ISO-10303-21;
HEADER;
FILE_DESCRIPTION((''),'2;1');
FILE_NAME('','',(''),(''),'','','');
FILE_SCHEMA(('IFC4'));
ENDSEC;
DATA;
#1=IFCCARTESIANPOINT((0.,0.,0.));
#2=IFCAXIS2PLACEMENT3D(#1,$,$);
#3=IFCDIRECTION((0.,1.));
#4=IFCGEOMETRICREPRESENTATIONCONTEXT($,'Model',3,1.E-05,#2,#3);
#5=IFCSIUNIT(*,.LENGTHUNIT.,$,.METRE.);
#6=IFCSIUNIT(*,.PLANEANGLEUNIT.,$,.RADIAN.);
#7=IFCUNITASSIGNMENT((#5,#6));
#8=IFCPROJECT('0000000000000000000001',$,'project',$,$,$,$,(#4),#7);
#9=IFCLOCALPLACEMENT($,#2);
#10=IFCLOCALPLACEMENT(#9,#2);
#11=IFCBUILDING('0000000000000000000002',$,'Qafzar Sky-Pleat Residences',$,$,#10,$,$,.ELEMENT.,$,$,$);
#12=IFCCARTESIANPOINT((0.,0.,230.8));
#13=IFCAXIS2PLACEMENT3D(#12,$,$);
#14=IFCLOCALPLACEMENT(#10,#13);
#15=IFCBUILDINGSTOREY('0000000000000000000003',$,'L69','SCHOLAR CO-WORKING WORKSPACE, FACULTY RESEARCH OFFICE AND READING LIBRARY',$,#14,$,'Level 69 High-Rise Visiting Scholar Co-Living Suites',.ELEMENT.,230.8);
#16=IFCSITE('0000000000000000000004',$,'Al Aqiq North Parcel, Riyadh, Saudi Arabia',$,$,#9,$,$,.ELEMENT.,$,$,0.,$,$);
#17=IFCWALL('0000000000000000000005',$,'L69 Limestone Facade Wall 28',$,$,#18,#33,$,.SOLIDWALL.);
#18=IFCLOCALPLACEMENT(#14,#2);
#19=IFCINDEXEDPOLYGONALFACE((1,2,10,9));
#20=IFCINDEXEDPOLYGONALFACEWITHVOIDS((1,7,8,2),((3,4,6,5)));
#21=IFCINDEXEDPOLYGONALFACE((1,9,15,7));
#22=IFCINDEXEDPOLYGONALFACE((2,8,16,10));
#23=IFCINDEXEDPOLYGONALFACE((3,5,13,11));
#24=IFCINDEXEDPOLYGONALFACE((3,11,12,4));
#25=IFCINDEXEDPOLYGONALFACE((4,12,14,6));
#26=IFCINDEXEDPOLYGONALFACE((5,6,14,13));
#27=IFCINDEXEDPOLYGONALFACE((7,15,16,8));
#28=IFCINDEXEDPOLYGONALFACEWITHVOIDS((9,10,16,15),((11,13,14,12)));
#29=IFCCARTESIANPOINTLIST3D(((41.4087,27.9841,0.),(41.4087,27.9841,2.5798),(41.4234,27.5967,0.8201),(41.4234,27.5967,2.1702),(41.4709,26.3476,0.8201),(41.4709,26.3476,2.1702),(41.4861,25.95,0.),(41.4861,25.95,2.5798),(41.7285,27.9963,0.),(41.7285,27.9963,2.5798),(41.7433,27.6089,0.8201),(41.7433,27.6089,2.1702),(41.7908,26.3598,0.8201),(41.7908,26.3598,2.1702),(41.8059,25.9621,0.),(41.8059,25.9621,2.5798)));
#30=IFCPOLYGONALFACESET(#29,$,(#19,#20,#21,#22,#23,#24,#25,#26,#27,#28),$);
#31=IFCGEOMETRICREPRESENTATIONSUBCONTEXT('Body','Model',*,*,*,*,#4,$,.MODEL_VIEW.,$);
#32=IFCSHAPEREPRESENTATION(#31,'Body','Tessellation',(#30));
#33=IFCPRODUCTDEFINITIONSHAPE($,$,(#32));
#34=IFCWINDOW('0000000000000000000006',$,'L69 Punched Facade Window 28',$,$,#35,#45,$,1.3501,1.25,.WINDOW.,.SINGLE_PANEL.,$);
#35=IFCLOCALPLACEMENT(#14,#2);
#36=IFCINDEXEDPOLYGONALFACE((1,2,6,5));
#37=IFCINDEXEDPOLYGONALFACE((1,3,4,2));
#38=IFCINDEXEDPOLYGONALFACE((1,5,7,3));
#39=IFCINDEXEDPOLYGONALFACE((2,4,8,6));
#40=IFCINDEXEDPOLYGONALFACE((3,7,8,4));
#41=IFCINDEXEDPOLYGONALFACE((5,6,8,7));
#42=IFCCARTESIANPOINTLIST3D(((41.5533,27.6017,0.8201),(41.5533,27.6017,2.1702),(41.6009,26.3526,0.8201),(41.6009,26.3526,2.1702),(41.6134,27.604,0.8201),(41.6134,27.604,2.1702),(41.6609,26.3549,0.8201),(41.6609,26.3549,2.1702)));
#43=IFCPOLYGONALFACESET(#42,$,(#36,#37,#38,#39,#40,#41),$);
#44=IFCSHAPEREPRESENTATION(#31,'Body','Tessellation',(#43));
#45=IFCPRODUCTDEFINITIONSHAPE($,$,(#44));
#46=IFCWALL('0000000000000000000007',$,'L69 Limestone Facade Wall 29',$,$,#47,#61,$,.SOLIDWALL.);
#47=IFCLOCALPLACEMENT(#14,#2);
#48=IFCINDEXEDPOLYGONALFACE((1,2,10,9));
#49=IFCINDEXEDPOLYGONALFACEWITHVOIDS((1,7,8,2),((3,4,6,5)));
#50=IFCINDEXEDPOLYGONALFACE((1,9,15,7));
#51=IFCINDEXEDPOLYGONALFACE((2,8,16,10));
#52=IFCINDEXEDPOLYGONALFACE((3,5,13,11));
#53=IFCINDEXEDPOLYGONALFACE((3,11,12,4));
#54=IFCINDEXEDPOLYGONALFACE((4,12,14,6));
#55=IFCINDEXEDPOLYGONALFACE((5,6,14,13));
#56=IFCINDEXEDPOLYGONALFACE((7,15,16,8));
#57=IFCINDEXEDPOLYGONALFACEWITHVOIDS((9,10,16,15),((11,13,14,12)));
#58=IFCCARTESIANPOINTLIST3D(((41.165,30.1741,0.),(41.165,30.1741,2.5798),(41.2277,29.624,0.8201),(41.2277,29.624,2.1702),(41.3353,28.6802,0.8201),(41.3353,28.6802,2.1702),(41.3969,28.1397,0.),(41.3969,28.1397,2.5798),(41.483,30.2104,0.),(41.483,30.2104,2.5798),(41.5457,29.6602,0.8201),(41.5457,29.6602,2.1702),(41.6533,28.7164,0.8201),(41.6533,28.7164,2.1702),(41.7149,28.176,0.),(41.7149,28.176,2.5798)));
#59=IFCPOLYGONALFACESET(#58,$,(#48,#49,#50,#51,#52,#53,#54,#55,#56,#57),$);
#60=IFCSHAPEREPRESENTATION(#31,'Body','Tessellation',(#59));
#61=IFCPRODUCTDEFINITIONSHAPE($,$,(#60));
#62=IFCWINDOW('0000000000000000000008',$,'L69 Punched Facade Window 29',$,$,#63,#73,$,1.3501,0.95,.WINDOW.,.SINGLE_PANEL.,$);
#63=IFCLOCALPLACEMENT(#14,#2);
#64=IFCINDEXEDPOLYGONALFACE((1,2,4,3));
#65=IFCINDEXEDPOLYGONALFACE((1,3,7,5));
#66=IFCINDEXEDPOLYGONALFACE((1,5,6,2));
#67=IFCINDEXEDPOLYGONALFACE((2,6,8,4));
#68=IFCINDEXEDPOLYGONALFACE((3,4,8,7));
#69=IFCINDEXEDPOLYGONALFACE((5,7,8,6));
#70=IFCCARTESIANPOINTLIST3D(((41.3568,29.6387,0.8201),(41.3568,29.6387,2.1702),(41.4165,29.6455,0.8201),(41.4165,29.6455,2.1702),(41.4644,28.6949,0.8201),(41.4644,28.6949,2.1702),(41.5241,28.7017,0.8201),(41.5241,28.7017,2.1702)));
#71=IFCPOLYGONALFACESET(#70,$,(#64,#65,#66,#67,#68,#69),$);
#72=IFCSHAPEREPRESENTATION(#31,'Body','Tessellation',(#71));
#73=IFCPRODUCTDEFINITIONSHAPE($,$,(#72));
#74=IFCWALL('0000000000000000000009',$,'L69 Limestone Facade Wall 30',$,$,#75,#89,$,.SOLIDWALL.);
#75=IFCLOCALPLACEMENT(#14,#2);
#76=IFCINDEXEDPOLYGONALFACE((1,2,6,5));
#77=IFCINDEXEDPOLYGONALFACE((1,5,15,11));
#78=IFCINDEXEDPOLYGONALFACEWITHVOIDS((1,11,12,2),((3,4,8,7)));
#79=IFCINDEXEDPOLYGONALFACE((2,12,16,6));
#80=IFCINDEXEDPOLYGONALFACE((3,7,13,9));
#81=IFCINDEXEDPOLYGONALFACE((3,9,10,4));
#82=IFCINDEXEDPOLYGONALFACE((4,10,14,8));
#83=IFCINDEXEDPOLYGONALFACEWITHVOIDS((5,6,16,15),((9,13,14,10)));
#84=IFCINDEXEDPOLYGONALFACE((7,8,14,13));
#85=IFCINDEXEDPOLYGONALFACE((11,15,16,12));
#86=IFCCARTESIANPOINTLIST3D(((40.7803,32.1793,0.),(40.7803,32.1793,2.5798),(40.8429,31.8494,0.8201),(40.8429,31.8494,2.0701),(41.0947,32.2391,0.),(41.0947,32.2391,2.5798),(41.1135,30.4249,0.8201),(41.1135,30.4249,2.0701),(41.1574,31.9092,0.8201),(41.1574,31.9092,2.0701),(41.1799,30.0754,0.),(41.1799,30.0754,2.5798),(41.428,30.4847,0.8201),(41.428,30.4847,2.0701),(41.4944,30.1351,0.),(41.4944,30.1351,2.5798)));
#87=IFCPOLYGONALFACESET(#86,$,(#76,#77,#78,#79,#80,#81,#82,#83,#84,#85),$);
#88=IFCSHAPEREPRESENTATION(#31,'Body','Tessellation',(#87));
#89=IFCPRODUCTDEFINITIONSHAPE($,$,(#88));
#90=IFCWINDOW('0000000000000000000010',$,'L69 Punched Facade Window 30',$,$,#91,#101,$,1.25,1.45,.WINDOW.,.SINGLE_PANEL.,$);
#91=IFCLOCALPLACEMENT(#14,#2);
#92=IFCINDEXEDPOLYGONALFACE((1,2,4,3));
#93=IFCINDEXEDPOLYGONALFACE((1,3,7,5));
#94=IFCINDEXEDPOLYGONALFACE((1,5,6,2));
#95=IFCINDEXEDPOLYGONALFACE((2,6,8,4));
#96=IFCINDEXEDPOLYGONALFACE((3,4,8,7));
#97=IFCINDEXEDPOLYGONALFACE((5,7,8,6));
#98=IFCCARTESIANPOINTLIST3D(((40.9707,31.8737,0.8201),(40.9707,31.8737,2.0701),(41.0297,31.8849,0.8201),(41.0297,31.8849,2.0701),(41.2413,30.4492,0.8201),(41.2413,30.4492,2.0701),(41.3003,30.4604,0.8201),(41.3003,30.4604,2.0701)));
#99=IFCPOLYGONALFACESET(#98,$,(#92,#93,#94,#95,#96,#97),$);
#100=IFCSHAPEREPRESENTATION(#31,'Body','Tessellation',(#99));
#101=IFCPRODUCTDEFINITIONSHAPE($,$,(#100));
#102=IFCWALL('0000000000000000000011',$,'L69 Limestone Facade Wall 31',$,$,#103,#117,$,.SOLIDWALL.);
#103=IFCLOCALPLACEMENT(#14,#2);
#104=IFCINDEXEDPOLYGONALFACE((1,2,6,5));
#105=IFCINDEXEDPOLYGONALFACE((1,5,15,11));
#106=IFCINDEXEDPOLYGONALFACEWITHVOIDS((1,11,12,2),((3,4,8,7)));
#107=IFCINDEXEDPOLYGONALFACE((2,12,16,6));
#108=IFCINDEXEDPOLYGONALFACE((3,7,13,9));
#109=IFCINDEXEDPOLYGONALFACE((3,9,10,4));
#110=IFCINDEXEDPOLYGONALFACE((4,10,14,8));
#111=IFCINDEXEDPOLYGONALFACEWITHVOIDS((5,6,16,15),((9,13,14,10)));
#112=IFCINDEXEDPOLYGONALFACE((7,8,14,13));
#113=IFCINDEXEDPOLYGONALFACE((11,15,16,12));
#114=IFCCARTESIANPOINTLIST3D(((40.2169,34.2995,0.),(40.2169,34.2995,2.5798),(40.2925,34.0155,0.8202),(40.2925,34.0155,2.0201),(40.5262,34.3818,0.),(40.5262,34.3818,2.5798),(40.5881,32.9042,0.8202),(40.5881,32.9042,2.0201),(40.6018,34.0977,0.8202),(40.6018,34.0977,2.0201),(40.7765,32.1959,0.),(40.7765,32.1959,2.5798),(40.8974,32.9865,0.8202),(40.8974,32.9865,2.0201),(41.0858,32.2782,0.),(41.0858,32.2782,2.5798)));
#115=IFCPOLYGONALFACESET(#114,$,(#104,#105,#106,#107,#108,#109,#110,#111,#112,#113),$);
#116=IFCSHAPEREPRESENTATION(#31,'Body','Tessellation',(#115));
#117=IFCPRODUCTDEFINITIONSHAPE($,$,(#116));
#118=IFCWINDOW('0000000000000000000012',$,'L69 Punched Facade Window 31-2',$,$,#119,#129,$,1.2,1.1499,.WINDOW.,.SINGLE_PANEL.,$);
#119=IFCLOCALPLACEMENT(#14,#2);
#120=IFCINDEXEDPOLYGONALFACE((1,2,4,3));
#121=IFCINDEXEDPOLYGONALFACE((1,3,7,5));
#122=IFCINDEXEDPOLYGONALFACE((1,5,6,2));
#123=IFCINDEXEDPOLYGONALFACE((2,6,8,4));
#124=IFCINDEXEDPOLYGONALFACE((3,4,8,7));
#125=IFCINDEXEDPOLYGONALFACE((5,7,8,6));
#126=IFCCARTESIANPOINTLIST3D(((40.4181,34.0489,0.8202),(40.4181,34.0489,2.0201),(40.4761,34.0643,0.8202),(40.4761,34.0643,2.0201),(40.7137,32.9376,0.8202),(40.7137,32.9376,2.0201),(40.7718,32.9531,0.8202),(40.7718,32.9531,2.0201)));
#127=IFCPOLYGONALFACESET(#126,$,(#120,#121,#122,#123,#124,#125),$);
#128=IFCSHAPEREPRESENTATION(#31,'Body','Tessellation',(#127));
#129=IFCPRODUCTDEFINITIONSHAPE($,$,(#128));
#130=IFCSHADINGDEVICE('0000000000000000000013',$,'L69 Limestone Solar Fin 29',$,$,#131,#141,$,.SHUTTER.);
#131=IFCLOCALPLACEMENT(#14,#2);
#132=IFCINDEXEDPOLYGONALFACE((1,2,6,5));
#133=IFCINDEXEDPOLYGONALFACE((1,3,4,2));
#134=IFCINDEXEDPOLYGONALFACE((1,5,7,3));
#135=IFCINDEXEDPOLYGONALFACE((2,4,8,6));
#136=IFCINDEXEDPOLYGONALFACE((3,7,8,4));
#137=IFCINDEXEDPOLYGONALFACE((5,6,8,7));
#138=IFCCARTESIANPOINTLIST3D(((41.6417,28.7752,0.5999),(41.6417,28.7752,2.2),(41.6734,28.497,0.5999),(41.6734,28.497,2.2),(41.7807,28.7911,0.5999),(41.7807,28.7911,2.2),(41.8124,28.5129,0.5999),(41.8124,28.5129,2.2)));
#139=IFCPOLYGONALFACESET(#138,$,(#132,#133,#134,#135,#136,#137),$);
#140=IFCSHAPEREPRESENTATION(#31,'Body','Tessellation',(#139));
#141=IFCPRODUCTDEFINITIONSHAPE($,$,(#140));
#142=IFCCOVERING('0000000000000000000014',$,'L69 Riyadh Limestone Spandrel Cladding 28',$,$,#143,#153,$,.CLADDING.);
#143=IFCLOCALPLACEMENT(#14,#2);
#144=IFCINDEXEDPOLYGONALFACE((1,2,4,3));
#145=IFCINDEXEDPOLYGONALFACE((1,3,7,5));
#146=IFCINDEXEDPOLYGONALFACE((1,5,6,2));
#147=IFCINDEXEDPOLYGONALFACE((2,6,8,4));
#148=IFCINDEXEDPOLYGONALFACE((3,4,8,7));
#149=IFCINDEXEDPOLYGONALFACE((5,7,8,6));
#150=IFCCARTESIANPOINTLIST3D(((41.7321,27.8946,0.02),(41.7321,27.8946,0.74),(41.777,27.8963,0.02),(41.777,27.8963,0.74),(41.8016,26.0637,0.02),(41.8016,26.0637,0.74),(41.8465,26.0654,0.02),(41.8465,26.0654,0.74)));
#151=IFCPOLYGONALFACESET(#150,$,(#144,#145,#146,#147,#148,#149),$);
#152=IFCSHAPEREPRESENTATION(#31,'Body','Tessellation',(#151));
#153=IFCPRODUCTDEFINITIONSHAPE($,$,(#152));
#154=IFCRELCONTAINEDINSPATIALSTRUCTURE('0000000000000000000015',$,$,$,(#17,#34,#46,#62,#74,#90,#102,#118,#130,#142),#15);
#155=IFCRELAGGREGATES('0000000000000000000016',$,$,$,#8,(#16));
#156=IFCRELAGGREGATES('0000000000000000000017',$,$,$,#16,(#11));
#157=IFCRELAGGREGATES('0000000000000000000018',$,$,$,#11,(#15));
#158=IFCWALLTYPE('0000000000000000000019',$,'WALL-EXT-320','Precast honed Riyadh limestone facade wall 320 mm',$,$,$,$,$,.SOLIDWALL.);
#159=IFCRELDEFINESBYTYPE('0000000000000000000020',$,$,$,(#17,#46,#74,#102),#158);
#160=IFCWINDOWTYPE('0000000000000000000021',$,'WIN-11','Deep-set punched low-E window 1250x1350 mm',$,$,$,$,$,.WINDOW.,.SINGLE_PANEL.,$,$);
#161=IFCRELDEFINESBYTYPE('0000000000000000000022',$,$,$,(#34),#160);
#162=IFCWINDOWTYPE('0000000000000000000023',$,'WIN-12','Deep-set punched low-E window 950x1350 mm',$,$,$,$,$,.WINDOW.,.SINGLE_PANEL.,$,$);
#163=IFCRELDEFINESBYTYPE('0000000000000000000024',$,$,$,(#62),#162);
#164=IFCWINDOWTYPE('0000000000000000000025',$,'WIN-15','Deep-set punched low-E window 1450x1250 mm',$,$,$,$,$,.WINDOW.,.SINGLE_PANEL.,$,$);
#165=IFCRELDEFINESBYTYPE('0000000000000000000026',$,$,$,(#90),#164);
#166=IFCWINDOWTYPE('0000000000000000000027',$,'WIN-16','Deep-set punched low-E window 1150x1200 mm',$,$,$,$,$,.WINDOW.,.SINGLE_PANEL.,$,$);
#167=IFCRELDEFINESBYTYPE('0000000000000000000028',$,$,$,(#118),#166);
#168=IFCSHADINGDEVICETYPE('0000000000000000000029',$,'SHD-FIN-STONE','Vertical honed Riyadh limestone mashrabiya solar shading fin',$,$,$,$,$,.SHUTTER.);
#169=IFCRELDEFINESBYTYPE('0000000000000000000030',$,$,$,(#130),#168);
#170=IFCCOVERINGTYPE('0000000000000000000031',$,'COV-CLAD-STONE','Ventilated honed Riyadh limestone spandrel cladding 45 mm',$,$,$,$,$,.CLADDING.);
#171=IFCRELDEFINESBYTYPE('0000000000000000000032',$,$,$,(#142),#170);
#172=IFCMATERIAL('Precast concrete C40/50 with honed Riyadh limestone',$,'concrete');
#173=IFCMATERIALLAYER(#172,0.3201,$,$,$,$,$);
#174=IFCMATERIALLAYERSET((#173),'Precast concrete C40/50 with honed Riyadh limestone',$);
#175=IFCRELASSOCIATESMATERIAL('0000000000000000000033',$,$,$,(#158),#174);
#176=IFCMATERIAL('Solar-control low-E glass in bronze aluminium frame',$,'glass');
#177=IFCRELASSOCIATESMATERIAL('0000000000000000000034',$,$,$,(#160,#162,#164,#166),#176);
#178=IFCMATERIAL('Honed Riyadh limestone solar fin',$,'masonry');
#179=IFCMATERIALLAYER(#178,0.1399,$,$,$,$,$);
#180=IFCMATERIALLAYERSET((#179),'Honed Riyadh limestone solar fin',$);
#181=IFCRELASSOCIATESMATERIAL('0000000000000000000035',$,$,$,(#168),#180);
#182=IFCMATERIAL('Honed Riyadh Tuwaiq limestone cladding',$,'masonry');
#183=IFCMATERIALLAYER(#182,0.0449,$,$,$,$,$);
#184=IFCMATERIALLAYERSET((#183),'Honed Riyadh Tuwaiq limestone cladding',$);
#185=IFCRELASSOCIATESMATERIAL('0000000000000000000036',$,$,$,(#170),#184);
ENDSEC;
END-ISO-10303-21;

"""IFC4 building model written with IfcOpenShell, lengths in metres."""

from ifc_helpers import new_model, si_unit, direction, frame, frame_2d, origin, origin_2d, place, context, subcontext, project, spatial, rectangle, extrude, source, transform, mapped, material, layer, layer_set, type_object, element, fill, save


model = new_model("IFC4")

# Units and contexts
model_context = context("Model", 3, precision=1e-05, world=origin(), true_north=direction((0.0, 1.0)))
body_context = subcontext(model_context, "Body", "Model", "MODEL_VIEW")
ifc_project = project(units=[si_unit("LENGTHUNIT", "METRE"), si_unit("PLANEANGLEUNIT", "RADIAN")], contexts=[model_context])

# Site, building, storey
site_placement = place(None, origin())
site = spatial("IfcSite", under=ifc_project, at=site_placement, Name="Al Aqiq North Parcel, Riyadh, Saudi Arabia", CompositionType="ELEMENT", RefElevation=0.0)
building_placement = place(site_placement, origin())
building = spatial("IfcBuilding", under=site, at=building_placement, Name="Qafzar Sky-Pleat Residences", CompositionType="ELEMENT")
storey_placement = place(building_placement, frame((0.0, 0.0, 230.8)))
storey = spatial("IfcBuildingStorey", under=building, at=storey_placement, Name="L69", Description="SCHOLAR CO-WORKING WORKSPACE, FACULTY RESEARCH OFFICE AND READING LIBRARY", LongName="Level 69 High-Rise Visiting Scholar Co-Living Suites", CompositionType="ELEMENT", Elevation=230.8)

# Walls, openings, windows
ifc_material_1 = material(Name="Precast concrete C40/50 with honed Riyadh limestone", Category="concrete")
ifc_layer_1 = layer(ifc_material_1, 0.3201)
ifc_layer_set_1 = layer_set([ifc_layer_1], Name="Precast concrete C40/50 with honed Riyadh limestone")
wall_type_1 = type_object("IfcWallType", Name="WALL-EXT-320", Description="Precast honed Riyadh limestone facade wall 320 mm", PredefinedType="SOLIDWALL", material=ifc_layer_set_1)
wall_1_placement = place(storey_placement, frame((41.646, 25.9561, 0.0), z_axis=(0.0, 0.0, 1.0), x_axis=(-0.038019, 0.999277, 0.0)))
wall_1 = element("IfcWall", 1, at=wall_1_placement, inside=storey, type_object=wall_type_1, Name="L69 Limestone Facade Wall 28", PredefinedType="SOLIDWALL", context=body_context, shape_type="SweptSolid", body=[
    extrude(rectangle(XDim=2.0356, YDim=0.3201, at=frame_2d((1.0178, 0.0))), origin(), (0.0, 0.0, 1.0), 2.5798),
])
opening_1_placement = place(wall_1_placement, frame((0.3979, 0.0, 0.8201)))
opening_1 = element("IfcOpeningElement", 2, at=opening_1_placement, cuts=wall_1, PredefinedType="OPENING", context=body_context, shape_type="SweptSolid", body=[
    extrude(rectangle(XDim=1.25, YDim=1.3501, at=frame_2d((0.625, 0.675))), frame((0.0, 0.1699, 0.0), z_axis=(0.0, -1.0, 0.0), x_axis=(1.0, 0.0, 0.0)), (0.0, 0.0, 1.0), 0.3401),
])
ifc_material_2 = material(Name="Solar-control low-E glass in bronze aluminium frame", Category="glass")
window_type_1 = type_object("IfcWindowType", Name="WIN-11", Description="Deep-set punched low-E window 1250x1350 mm", PartitioningType="SINGLE_PANEL", PredefinedType="WINDOW", material=ifc_material_2)
shared_shape_1 = source(origin(), body_context, "Body", "SweptSolid", [
    extrude(rectangle(XDim=1.25, YDim=1.3501, at=frame_2d((0.625, 0.675))), frame((0.0, 0.03, 0.0), z_axis=(0.0, -1.0, 0.0), x_axis=(1.0, 0.0, 0.0)), (0.0, 0.0, 1.0), 0.0601),
])
window_1_placement = place(opening_1_placement, origin())
window_1 = element("IfcWindow", 3, at=window_1_placement, inside=storey, type_object=window_type_1, Name="L69 Punched Facade Window 28", OverallHeight=1.3501, OverallWidth=1.25, PartitioningType="SINGLE_PANEL", PredefinedType="WINDOW", context=body_context, shape_type="MappedRepresentation", body=[
    mapped(shared_shape_1, transform((0.0, 0.0, 0.0), x_axis=(1.0, 0.0, 0.0), y_axis=(0.0, 1.0, 0.0), z_axis=(0.0, 0.0, 1.0), scale=1.0)),
])
fill(opening_1, window_1)
wall_2_placement = place(storey_placement, frame((41.5559, 28.1577, 0.0), z_axis=(0.0, 0.0, 1.0), x_axis=(-0.113271, 0.993564, 0.0)))
wall_2 = element("IfcWall", 4, at=wall_2_placement, inside=storey, type_object=wall_type_1, Name="L69 Limestone Facade Wall 29", PredefinedType="SOLIDWALL", context=body_context, shape_type="SweptSolid", body=[
    extrude(rectangle(XDim=2.0476, YDim=0.3201, at=frame_2d((1.0239, 0.0))), origin(), (0.0, 0.0, 1.0), 2.5798),
])
opening_2_placement = place(wall_2_placement, frame((0.5439, 0.0, 0.8201)))
opening_2 = element("IfcOpeningElement", 5, at=opening_2_placement, cuts=wall_2, PredefinedType="OPENING", context=body_context, shape_type="SweptSolid", body=[
    extrude(rectangle(XDim=0.95, YDim=1.3501, at=frame_2d((0.4751, 0.675))), frame((0.0, 0.1699, 0.0), z_axis=(0.0, -1.0, 0.0), x_axis=(1.0, 0.0, 0.0)), (0.0, 0.0, 1.0), 0.3401),
])
window_type_2 = type_object("IfcWindowType", Name="WIN-12", Description="Deep-set punched low-E window 950x1350 mm", PartitioningType="SINGLE_PANEL", PredefinedType="WINDOW", material=ifc_material_2)
shared_shape_2 = source(origin(), body_context, "Body", "SweptSolid", [
    extrude(rectangle(XDim=0.95, YDim=1.3501, at=frame_2d((0.4751, 0.675))), frame((0.0, 0.03, 0.0), z_axis=(0.0, -1.0, 0.0), x_axis=(1.0, 0.0, 0.0)), (0.0, 0.0, 1.0), 0.0601),
])
window_2_placement = place(opening_2_placement, origin())
window_2 = element("IfcWindow", 6, at=window_2_placement, inside=storey, type_object=window_type_2, Name="L69 Punched Facade Window 29", OverallHeight=1.3501, OverallWidth=0.95, PartitioningType="SINGLE_PANEL", PredefinedType="WINDOW", context=body_context, shape_type="MappedRepresentation", body=[
    mapped(shared_shape_2, transform((0.0, 0.0, 0.0), x_axis=(1.0, 0.0, 0.0), y_axis=(0.0, 1.0, 0.0), z_axis=(0.0, 0.0, 1.0), scale=1.0)),
])
fill(opening_2, window_2)
wall_3_placement = place(storey_placement, frame((41.3372, 30.1052, 0.0), z_axis=(0.0, 0.0, 1.0), x_axis=(-0.186614, 0.982433, 0.0)))
wall_3 = element("IfcWall", 7, at=wall_3_placement, inside=storey, type_object=wall_type_1, Name="L69 Limestone Facade Wall 30", PredefinedType="SOLIDWALL", context=body_context, shape_type="SweptSolid", body=[
    extrude(rectangle(XDim=2.1416, YDim=0.3201, at=frame_2d((1.0708, 0.0))), origin(), (0.0, 0.0, 1.0), 2.5798),
])
opening_3_placement = place(wall_3_placement, frame((0.3557, 0.0, 0.8201)))
opening_3 = element("IfcOpeningElement", 8, at=opening_3_placement, cuts=wall_3, PredefinedType="OPENING", context=body_context, shape_type="SweptSolid", body=[
    extrude(rectangle(XDim=1.45, YDim=1.25, at=frame_2d((0.7251, 0.625))), frame((0.0, 0.1699, 0.0), z_axis=(0.0, -1.0, 0.0), x_axis=(1.0, 0.0, 0.0)), (0.0, 0.0, 1.0), 0.3401),
])
window_type_3 = type_object("IfcWindowType", Name="WIN-15", Description="Deep-set punched low-E window 1450x1250 mm", PartitioningType="SINGLE_PANEL", PredefinedType="WINDOW", material=ifc_material_2)
shared_shape_3 = source(origin(), body_context, "Body", "SweptSolid", [
    extrude(rectangle(XDim=1.45, YDim=1.25, at=frame_2d((0.7251, 0.625))), frame((0.0, 0.03, 0.0), z_axis=(0.0, -1.0, 0.0), x_axis=(1.0, 0.0, 0.0)), (0.0, 0.0, 1.0), 0.0601),
])
window_3_placement = place(opening_3_placement, origin())
window_3 = element("IfcWindow", 9, at=window_3_placement, inside=storey, type_object=window_type_3, Name="L69 Punched Facade Window 30", OverallHeight=1.25, OverallWidth=1.45, PartitioningType="SINGLE_PANEL", PredefinedType="WINDOW", context=body_context, shape_type="MappedRepresentation", body=[
    mapped(shared_shape_3, transform((0.0, 0.0, 0.0), x_axis=(1.0, 0.0, 0.0), y_axis=(0.0, 1.0, 0.0), z_axis=(0.0, 0.0, 1.0), scale=1.0)),
])
fill(opening_3, window_3)
wall_4_placement = place(storey_placement, frame((40.9312, 32.2371, 0.0), z_axis=(0.0, 0.0, 1.0), x_axis=(-0.257076, 0.966391, 0.0)))
wall_4 = element("IfcWall", 10, at=wall_4_placement, inside=storey, type_object=wall_type_1, Name="L69 Limestone Facade Wall 31", PredefinedType="SOLIDWALL", context=body_context, shape_type="SweptSolid", body=[
    extrude(rectangle(XDim=2.1768, YDim=0.3201, at=frame_2d((1.0884, 0.0))), origin(), (0.0, 0.0, 1.0), 2.5798),
])
opening_4_placement = place(wall_4_placement, frame((0.7329, 0.0, 0.8201)))
opening_4 = element("IfcOpeningElement", 11, at=opening_4_placement, cuts=wall_4, PredefinedType="OPENING", context=body_context, shape_type="SweptSolid", body=[
    extrude(rectangle(XDim=1.1499, YDim=1.2, at=frame_2d((0.575, 0.6001))), frame((0.0, 0.1699, 0.0), z_axis=(0.0, -1.0, 0.0), x_axis=(1.0, 0.0, 0.0)), (0.0, 0.0, 1.0), 0.3401),
])
window_type_4 = type_object("IfcWindowType", Name="WIN-16", Description="Deep-set punched low-E window 1150x1200 mm", PartitioningType="SINGLE_PANEL", PredefinedType="WINDOW", material=ifc_material_2)
shared_shape_4 = source(origin(), body_context, "Body", "SweptSolid", [
    extrude(rectangle(XDim=1.1499, YDim=1.2, at=frame_2d((0.575, 0.6001))), frame((0.0, 0.03, 0.0), z_axis=(0.0, -1.0, 0.0), x_axis=(1.0, 0.0, 0.0)), (0.0, 0.0, 1.0), 0.0601),
])
window_4_placement = place(opening_4_placement, origin())
window_4 = element("IfcWindow", 12, at=window_4_placement, inside=storey, type_object=window_type_4, Name="L69 Punched Facade Window 31-2", OverallHeight=1.2, OverallWidth=1.1499, PartitioningType="SINGLE_PANEL", PredefinedType="WINDOW", context=body_context, shape_type="MappedRepresentation", body=[
    mapped(shared_shape_4, transform((0.0, 0.0, 0.0), x_axis=(1.0, 0.0, 0.0), y_axis=(0.0, 1.0, 0.0), z_axis=(0.0, 0.0, 1.0), scale=1.0)),
])
fill(opening_4, window_4)

# Shading device
ifc_material_3 = material(Name="Honed Riyadh limestone solar fin", Category="masonry")
ifc_layer_2 = layer(ifc_material_3, 0.1399)
ifc_layer_set_2 = layer_set([ifc_layer_2], Name="Honed Riyadh limestone solar fin")
shading_device_type = type_object("IfcShadingDeviceType", Name="SHD-FIN-STONE", Description="Vertical honed Riyadh limestone mashrabiya solar shading fin", PredefinedType="SHUTTER", material=ifc_layer_set_2)
shared_shape_5 = source(origin(), body_context, "Body", "SweptSolid", [
    extrude(rectangle(XDim=0.1399, YDim=0.28, at=origin_2d()), origin(), (0.0, 0.0, 1.0), 1.6001),
])
shading_device_placement = place(storey_placement, frame((41.7271, 28.644, 0.5999), z_axis=(0.0, 0.0, 1.0), x_axis=(0.993561, 0.113301, 0.0)))
element("IfcShadingDevice", 13, at=shading_device_placement, inside=storey, type_object=shading_device_type, Name="L69 Limestone Solar Fin 29", PredefinedType="SHUTTER", context=body_context, shape_type="MappedRepresentation", body=[
    mapped(shared_shape_5, transform((0.0, 0.0, 0.0), x_axis=(1.0, 0.0, 0.0), y_axis=(0.0, 1.0, 0.0), z_axis=(0.0, 0.0, 1.0), scale=1.0)),
])

# Covering
ifc_material_4 = material(Name="Honed Riyadh Tuwaiq limestone cladding", Category="masonry")
ifc_layer_3 = layer(ifc_material_4, 0.0449)
ifc_layer_set_3 = layer_set([ifc_layer_3], Name="Honed Riyadh Tuwaiq limestone cladding")
covering_type = type_object("IfcCoveringType", Name="COV-CLAD-STONE", Description="Ventilated honed Riyadh limestone spandrel cladding 45 mm", PredefinedType="CLADDING", material=ifc_layer_set_3)
shared_shape_6 = source(origin(), body_context, "Body", "SweptSolid", [
    extrude(rectangle(XDim=1.8323, YDim=0.0449, at=origin_2d()), origin(), (0.0, 0.0, 1.0), 0.72),
])
covering_1_placement = place(storey_placement, frame((41.7893, 26.98, 0.02), z_axis=(0.0, 0.0, 1.0), x_axis=(-0.037971, 0.999279, 0.0)))
element("IfcCovering", 14, at=covering_1_placement, inside=storey, type_object=covering_type, Name="L69 Riyadh Limestone Spandrel Cladding 28", PredefinedType="CLADDING", context=body_context, shape_type="MappedRepresentation", body=[
    mapped(shared_shape_6, transform((0.0, 0.0, 0.0), x_axis=(1.0, 0.0, 0.0), y_axis=(0.0, 1.0, 0.0), z_axis=(0.0, 0.0, 1.0), scale=1.0)),
])

save(model, "model.ifc")
